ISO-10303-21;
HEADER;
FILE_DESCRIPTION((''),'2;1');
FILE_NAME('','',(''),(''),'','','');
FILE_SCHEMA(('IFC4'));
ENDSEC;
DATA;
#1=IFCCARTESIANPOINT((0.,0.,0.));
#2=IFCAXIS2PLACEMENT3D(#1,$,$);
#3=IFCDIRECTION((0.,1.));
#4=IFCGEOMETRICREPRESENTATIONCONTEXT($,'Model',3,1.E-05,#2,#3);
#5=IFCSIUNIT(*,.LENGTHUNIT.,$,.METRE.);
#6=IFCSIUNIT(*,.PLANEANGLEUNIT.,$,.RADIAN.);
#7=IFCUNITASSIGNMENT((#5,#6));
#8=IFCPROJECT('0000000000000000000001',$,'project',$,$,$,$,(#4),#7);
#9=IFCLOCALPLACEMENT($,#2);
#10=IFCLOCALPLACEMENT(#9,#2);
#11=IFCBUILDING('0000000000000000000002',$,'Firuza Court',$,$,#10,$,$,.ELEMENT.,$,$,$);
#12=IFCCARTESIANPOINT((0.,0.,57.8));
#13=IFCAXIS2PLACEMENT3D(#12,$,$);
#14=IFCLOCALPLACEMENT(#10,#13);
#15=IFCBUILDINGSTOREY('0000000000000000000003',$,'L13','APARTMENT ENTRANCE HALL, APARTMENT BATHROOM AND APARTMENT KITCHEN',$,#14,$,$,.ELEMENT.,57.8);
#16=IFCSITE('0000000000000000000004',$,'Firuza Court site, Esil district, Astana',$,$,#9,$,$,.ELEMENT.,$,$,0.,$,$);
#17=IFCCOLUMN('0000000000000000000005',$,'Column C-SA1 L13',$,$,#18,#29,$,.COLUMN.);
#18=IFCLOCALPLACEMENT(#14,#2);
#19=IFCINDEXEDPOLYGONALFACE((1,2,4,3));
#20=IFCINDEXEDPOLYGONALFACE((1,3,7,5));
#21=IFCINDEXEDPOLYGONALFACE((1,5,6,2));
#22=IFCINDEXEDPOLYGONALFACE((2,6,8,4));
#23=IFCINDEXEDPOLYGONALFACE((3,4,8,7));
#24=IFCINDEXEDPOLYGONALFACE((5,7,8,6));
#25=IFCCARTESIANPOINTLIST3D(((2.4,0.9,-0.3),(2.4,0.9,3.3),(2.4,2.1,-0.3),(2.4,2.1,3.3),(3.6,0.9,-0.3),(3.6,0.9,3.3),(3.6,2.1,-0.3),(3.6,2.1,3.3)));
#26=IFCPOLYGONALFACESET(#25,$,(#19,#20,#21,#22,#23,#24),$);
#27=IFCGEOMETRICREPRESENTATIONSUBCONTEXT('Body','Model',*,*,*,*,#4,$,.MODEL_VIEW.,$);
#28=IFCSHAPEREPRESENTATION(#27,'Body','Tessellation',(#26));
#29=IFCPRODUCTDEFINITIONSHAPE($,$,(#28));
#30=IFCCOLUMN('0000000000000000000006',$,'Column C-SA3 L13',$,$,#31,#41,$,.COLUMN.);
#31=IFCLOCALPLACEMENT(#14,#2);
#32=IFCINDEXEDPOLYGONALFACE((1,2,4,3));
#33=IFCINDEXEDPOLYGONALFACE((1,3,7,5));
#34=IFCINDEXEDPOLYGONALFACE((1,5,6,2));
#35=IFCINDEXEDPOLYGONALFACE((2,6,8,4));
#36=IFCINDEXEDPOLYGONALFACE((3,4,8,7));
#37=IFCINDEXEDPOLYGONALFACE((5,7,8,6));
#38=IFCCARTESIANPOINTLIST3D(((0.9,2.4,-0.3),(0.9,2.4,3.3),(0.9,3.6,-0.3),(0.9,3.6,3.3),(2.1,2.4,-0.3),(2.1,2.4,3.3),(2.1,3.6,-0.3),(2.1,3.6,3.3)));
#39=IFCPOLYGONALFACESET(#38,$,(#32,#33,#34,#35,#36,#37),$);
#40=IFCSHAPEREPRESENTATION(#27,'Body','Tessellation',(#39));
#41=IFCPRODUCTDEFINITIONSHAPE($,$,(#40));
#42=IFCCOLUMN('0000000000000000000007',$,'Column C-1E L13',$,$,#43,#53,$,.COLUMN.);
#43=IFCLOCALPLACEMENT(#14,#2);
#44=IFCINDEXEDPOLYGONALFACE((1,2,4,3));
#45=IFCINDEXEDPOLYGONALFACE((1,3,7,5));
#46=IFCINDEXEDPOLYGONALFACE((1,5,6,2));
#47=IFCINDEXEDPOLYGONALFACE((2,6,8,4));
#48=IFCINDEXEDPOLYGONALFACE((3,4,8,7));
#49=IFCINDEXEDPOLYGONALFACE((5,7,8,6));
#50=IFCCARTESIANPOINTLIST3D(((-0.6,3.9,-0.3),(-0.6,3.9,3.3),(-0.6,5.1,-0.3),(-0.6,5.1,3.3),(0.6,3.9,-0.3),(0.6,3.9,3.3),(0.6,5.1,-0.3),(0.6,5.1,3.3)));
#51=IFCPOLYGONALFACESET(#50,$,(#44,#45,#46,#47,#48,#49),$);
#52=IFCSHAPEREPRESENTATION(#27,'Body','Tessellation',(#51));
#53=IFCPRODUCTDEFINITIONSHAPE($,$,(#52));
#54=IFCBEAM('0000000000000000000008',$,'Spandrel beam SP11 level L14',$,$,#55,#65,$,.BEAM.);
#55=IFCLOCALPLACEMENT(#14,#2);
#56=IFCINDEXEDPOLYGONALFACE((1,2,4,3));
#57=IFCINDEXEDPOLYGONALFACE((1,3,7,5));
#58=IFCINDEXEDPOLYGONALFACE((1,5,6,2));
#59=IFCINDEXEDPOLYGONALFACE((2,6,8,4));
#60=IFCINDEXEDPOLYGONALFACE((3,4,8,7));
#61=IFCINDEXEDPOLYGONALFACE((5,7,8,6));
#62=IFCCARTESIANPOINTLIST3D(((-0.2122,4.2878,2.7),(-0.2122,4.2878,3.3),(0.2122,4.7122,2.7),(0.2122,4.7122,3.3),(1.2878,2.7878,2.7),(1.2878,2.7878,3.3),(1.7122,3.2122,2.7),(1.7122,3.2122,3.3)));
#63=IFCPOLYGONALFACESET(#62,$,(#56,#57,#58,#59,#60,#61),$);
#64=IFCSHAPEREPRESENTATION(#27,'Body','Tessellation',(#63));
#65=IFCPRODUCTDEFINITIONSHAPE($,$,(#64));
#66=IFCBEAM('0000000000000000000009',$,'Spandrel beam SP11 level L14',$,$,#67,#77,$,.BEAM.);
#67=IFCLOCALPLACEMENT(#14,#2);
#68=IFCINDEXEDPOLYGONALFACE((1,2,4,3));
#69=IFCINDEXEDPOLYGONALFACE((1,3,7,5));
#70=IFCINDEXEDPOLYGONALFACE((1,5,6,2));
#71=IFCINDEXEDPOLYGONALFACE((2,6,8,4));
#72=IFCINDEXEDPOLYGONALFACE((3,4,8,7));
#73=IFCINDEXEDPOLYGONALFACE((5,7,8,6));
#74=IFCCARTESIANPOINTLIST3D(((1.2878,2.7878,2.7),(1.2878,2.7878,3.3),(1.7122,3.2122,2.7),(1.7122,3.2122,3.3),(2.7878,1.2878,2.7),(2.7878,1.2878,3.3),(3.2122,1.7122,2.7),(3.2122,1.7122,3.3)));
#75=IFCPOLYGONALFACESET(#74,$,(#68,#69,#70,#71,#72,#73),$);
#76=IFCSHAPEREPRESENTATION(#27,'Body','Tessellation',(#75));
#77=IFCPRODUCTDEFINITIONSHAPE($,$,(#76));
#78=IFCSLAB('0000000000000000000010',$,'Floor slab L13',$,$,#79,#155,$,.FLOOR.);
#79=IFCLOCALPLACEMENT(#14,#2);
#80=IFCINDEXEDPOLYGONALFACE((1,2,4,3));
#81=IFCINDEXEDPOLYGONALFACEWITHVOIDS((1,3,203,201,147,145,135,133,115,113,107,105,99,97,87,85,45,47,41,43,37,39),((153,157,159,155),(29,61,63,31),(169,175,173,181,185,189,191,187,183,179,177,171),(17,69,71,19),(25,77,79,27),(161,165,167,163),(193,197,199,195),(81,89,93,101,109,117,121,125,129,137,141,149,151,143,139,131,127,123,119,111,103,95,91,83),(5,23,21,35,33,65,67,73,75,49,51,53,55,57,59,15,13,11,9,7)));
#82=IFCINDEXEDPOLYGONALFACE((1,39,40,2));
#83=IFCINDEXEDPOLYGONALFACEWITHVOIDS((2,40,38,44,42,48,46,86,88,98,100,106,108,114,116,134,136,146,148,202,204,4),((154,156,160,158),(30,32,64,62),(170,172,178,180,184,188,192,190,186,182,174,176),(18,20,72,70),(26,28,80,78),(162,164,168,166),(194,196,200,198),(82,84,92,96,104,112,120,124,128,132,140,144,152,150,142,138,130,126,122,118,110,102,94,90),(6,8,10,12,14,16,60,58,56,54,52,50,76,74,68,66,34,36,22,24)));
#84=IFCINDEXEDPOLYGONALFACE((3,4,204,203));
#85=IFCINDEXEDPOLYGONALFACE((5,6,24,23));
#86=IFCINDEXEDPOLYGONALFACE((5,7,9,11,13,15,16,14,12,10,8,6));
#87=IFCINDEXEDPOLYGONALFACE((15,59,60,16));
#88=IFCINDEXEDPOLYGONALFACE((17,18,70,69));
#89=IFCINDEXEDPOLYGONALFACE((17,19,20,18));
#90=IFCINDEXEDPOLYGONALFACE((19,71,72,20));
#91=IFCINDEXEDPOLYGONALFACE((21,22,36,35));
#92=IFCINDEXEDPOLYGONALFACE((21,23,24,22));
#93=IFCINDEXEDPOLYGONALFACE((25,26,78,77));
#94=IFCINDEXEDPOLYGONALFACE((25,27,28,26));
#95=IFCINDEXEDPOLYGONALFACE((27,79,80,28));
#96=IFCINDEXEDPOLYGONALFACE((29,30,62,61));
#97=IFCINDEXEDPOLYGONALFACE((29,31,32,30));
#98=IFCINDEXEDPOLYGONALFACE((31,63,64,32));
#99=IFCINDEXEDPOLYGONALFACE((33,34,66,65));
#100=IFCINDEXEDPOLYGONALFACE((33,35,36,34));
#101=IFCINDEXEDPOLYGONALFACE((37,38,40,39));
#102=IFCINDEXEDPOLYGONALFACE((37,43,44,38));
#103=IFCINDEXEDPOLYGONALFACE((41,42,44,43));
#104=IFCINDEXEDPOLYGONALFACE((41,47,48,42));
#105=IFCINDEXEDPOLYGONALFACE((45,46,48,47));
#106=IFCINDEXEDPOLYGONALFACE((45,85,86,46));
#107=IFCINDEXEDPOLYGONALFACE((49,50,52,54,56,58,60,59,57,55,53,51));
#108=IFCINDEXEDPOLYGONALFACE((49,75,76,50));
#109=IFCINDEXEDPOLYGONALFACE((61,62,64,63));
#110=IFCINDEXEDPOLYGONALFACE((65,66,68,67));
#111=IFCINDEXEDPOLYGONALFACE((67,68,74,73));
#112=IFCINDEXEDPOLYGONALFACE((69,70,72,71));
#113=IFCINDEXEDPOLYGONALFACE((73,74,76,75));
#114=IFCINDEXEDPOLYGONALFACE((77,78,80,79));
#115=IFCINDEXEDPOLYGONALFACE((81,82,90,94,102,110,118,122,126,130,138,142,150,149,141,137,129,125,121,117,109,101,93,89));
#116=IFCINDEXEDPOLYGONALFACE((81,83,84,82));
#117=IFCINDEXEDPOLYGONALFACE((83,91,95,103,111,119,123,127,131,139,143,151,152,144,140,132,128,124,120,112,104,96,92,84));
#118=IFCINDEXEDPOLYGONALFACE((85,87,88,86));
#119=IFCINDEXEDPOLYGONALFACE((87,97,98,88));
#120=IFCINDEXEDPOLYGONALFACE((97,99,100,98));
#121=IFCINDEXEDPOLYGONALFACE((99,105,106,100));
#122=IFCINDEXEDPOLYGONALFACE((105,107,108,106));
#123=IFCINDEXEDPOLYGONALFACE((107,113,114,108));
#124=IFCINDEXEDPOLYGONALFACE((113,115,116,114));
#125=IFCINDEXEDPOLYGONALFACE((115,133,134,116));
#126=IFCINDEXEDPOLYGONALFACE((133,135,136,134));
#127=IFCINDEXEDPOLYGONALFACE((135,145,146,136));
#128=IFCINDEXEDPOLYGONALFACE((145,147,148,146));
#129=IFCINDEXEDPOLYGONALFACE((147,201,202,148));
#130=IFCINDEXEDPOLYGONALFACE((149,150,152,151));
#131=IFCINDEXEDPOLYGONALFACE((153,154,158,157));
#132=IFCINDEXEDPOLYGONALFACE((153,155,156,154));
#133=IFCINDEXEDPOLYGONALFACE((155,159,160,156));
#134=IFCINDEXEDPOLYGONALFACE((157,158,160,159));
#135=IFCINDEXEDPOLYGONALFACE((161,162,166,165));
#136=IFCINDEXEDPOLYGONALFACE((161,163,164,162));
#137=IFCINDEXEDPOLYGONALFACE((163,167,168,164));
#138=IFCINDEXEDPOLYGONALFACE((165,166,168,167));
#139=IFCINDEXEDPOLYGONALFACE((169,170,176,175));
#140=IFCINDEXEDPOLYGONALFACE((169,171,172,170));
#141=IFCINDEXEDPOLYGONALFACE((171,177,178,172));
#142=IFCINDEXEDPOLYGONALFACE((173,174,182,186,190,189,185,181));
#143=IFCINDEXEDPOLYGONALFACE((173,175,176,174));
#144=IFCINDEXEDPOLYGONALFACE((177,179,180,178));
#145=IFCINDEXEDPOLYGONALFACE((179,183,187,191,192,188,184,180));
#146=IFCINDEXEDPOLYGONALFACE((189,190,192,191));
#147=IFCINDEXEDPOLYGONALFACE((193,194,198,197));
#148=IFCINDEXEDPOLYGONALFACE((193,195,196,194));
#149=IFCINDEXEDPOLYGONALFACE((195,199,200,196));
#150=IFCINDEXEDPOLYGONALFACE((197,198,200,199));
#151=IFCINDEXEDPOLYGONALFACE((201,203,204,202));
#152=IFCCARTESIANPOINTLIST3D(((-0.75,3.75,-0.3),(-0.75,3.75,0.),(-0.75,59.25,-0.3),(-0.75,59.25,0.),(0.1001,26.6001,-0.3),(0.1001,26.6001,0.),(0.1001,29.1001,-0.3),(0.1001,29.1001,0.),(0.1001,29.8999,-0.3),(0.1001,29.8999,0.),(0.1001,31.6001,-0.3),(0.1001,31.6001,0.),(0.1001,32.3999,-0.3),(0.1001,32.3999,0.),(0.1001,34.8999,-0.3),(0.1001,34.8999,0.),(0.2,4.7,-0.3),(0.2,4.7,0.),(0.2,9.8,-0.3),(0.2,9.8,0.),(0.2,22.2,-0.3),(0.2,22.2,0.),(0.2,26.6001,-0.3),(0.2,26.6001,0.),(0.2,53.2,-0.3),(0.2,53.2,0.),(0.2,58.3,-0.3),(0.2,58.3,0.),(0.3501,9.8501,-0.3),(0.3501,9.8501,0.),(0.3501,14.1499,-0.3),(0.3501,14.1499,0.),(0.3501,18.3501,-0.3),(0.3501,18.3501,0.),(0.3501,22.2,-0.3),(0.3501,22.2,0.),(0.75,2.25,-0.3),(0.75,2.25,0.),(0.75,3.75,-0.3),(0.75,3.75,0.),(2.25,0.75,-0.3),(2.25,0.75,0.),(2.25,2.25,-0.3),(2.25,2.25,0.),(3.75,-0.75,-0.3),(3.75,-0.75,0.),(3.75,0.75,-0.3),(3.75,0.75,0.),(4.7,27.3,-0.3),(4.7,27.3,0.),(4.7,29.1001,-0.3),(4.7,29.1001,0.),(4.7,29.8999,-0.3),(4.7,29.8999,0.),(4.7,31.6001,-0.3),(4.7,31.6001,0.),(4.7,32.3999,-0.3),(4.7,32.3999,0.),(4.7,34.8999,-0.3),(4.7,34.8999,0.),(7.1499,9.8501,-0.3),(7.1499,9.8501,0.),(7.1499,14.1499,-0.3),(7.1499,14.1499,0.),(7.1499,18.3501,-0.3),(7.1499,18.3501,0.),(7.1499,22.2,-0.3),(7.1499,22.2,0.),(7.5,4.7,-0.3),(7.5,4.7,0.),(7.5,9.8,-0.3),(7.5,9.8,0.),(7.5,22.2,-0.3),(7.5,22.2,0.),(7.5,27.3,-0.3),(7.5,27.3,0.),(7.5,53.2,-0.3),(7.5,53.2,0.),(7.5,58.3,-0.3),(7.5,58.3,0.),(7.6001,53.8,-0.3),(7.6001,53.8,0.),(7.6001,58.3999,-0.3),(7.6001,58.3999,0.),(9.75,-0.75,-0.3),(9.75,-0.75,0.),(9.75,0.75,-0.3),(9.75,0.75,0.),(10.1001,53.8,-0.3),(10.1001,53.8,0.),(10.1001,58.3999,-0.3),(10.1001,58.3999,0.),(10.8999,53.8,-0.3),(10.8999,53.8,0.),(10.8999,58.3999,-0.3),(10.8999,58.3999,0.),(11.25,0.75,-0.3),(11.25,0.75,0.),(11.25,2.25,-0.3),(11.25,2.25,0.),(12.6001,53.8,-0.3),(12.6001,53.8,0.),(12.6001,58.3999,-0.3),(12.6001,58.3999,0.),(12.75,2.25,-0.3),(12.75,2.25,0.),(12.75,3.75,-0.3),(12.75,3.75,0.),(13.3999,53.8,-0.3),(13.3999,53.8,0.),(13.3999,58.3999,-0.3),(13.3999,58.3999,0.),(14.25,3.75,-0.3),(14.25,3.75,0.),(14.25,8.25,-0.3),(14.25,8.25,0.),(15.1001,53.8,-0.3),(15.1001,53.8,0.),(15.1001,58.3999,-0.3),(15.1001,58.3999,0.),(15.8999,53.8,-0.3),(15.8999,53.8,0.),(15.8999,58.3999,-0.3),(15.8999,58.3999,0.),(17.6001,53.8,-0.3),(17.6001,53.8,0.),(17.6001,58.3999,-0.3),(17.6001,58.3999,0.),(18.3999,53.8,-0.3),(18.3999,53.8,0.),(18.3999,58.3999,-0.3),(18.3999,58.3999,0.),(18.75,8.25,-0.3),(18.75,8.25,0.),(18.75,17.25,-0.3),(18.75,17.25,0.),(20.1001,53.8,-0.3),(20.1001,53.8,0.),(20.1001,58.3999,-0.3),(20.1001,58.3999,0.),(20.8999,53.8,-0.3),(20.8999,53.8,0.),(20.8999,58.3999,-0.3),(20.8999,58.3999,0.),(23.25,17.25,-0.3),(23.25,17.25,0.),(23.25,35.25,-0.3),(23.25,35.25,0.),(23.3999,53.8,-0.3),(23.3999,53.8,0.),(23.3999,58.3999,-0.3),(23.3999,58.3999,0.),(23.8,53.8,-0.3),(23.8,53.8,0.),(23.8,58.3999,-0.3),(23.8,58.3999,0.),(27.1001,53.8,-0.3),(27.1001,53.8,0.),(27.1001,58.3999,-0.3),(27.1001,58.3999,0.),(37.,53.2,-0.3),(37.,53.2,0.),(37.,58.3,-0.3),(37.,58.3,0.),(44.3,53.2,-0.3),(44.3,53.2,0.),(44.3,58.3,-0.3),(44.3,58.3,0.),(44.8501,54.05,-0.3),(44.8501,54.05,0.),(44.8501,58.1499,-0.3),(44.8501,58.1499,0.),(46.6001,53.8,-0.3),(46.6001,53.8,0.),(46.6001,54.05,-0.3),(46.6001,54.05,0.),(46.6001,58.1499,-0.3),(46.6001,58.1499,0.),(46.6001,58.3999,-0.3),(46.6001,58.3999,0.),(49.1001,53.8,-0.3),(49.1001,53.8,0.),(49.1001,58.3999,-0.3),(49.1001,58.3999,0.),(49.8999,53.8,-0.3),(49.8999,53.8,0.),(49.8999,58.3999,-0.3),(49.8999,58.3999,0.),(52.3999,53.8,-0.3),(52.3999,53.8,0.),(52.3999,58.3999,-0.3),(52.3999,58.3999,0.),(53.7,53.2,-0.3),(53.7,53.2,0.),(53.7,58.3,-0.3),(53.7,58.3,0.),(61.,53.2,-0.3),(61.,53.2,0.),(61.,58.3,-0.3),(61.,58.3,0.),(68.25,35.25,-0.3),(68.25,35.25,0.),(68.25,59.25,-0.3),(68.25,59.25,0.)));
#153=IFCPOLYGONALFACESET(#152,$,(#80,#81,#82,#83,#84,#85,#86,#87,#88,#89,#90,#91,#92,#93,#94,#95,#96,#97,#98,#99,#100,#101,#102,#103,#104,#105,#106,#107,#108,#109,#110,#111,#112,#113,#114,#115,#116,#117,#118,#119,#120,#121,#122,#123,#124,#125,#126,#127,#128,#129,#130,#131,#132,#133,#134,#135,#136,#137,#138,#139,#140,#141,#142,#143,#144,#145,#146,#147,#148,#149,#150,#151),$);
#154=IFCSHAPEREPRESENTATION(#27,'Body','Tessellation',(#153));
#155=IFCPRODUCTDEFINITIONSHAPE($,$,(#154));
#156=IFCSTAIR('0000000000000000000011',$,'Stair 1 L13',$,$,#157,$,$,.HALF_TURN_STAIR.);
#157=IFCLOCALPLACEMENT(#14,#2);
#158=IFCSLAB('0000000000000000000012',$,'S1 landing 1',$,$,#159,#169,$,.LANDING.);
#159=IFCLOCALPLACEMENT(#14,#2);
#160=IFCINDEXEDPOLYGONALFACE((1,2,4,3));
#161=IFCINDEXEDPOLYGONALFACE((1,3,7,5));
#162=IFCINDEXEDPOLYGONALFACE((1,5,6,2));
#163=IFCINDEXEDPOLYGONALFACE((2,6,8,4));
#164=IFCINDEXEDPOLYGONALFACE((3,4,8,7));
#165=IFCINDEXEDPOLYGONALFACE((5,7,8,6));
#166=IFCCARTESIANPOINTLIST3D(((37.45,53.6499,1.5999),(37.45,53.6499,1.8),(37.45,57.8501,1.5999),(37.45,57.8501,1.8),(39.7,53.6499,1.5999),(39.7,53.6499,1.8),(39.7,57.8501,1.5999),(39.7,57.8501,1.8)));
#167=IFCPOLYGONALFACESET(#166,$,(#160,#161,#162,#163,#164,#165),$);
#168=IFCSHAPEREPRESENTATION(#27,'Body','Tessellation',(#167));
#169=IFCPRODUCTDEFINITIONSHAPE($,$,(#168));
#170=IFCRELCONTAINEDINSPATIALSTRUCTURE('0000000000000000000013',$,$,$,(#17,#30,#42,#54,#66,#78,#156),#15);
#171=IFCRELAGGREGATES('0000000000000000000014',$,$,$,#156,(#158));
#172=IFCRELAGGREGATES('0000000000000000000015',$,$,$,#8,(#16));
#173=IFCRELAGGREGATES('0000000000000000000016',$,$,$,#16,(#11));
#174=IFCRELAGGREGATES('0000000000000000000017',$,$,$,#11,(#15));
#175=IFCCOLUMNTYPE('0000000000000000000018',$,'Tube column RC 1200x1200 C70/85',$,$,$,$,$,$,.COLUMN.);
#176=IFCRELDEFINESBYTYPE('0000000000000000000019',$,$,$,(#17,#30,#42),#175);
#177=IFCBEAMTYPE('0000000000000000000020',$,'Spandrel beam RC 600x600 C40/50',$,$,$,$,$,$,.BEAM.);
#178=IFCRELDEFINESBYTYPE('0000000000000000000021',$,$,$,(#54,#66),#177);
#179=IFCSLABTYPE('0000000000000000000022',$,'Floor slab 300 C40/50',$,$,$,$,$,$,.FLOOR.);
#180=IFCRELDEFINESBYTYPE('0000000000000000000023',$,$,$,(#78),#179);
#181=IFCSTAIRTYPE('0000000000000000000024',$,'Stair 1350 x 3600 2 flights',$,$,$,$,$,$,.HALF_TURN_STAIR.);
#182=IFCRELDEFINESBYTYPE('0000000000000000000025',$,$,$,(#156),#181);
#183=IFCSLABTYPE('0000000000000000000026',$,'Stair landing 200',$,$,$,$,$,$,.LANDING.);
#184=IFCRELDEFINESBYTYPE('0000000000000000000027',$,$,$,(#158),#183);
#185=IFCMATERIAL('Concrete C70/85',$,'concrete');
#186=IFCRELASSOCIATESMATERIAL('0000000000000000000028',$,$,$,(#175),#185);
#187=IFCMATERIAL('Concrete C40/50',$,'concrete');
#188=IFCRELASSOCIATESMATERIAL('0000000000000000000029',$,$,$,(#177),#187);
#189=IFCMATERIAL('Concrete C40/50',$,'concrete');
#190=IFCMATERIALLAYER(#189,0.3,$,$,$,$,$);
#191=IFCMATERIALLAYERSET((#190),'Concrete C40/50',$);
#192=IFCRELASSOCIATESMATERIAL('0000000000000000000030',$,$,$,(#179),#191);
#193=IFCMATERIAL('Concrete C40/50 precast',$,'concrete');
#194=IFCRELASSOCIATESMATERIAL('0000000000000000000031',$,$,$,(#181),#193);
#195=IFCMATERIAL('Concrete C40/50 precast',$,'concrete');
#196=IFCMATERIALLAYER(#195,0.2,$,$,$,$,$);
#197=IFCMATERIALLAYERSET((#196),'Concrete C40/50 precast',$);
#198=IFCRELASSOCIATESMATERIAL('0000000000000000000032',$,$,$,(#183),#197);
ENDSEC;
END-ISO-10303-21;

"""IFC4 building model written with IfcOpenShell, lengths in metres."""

from ifc_helpers import new_model, si_unit, direction, frame, origin, origin_2d, place, context, subcontext, project, spatial, polyline, rectangle, outline, extrude, material, layer, layer_set, material_profile, profile_set, type_object, element, aggregate, save


model = new_model("IFC4")

# Units and contexts
model_context = context("Model", 3, precision=1e-05, world=origin(), true_north=direction((0.0, 1.0)))
body_context = subcontext(model_context, "Body", "Model", "MODEL_VIEW")
ifc_project = project(units=[si_unit("LENGTHUNIT", "METRE"), si_unit("PLANEANGLEUNIT", "RADIAN")], contexts=[model_context])

# Site, building, storey
site_placement = place(None, origin())
site = spatial("IfcSite", under=ifc_project, at=site_placement, Name="Firuza Court site, Esil district, Astana", CompositionType="ELEMENT", RefElevation=0.0)
building_placement = place(site_placement, origin())
building = spatial("IfcBuilding", under=site, at=building_placement, Name="Firuza Court", CompositionType="ELEMENT")
storey_placement = place(building_placement, frame((0.0, 0.0, 57.8)))
storey = spatial("IfcBuildingStorey", under=building, at=storey_placement, Name="L13", Description="APARTMENT ENTRANCE HALL, APARTMENT BATHROOM AND APARTMENT KITCHEN", CompositionType="ELEMENT", Elevation=57.8)

# Columns
ifc_material_1 = material(Name="Concrete C70/85", Category="concrete")
ifc_material_profile_1 = material_profile(ifc_material_1, rectangle(XDim=1.2, YDim=1.2, at=origin_2d()), Name="RC 1200x1200")
ifc_profile_set_1 = profile_set([ifc_material_profile_1], Name="Concrete C70/85")
column_type = type_object("IfcColumnType", Name="Tube column RC 1200x1200 C70/85", PredefinedType="COLUMN", material=ifc_profile_set_1)
for number, where, z_axis, x_axis, name in (
    (1, (3.0, 1.5, -0.3), (0.0, 0.0, 1.0), (1.0, 0.0, 0.0), "Column C-SA1 L13"),
    (2, (1.5, 3.0, -0.3), (0.0, 0.0, 1.0), (1.0, 0.0, 0.0), "Column C-SA3 L13"),
    (3, (0.0, 4.5, -0.3), (0.0, 0.0, 1.0), (1.0, 0.0, 0.0), "Column C-1E L13"),
):
    element("IfcColumn", number, at=place(storey_placement, frame(where, z_axis=z_axis, x_axis=x_axis)), inside=storey, type_object=column_type, Name=name, PredefinedType="COLUMN", context=body_context, shape_type="SweptSolid", body=[
        extrude(rectangle(XDim=1.2, YDim=1.2, at=origin_2d()), origin(), (0.0, 0.0, 1.0), 3.6001),
    ])

# Beams
ifc_material_2 = material(Name="Concrete C40/50", Category="concrete")
ifc_material_profile_2 = material_profile(ifc_material_2, rectangle(XDim=0.6001, YDim=0.6001, at=origin_2d()), Name="RC 600x600")
ifc_profile_set_2 = profile_set([ifc_material_profile_2], Name="Concrete C40/50")
beam_type = type_object("IfcBeamType", Name="Spandrel beam RC 600x600 C40/50", PredefinedType="BEAM", material=ifc_profile_set_2)
for number, where, z_axis, x_axis, name in (
    (4, (0.0, 4.5, 3.0), (0.707107, -0.707107, 0.0), (0.707107, 0.707107, 0.0), "Spandrel beam SP11 level L14"),
    (5, (1.5, 3.0, 3.0), (0.707107, -0.707107, 0.0), (0.707107, 0.707107, 0.0), "Spandrel beam SP11 level L14"),
):
    element("IfcBeam", number, at=place(storey_placement, frame(where, z_axis=z_axis, x_axis=x_axis)), inside=storey, type_object=beam_type, Name=name, PredefinedType="BEAM", context=body_context, shape_type="SweptSolid", body=[
        extrude(rectangle(XDim=0.6001, YDim=0.6001, at=origin_2d()), origin(), (0.0, 0.0, 1.0), 2.1213),
    ])

# Slab
ifc_material_3 = material(Name="Concrete C40/50", Category="concrete")
ifc_layer_1 = layer(ifc_material_3, 0.3)
ifc_layer_set_1 = layer_set([ifc_layer_1], Name="Concrete C40/50")
slab_type_1 = type_object("IfcSlabType", Name="Floor slab 300 C40/50", PredefinedType="FLOOR", material=ifc_layer_set_1)
slab_1_placement = place(storey_placement, frame((0.0, 0.0, -0.3)))
element("IfcSlab", 6, at=slab_1_placement, inside=storey, type_object=slab_type_1, Name="Floor slab L13", PredefinedType="FLOOR", context=body_context, shape_type="SweptSolid", body=[
    extrude(outline(polyline([(3.75, -0.75), (3.75, 0.75), (2.25, 0.75), (2.25, 2.25), (0.75, 2.25), (0.75, 3.75), (-0.75, 3.75), (-0.75, 59.25), (68.25, 59.25), (68.25, 35.25), (23.25, 35.25), (23.25, 17.25), (18.75, 17.25), (18.75, 8.25), (14.25, 8.25), (14.25, 3.75), (12.75, 3.75), (12.75, 2.25), (11.25, 2.25), (11.25, 0.75), (9.75, 0.75), (9.75, -0.75), (3.75, -0.75)]), holes=[polyline([(7.5, 9.8), (0.2, 9.8), (0.2, 4.7), (7.5, 4.7), (7.5, 9.8)]), polyline([(7.1499, 14.1499), (0.3501, 14.1499), (0.3501, 9.8501), (7.1499, 9.8501), (7.1499, 14.1499)]), polyline([(0.2, 22.2), (0.3501, 22.2), (0.3501, 18.3501), (7.1499, 18.3501), (7.1499, 22.2), (7.5, 22.2), (7.5, 27.3), (4.7, 27.3), (4.7, 29.1001), (4.7, 29.8999), (4.7, 31.6001), (4.7, 32.3999), (4.7, 34.8999), (0.1001, 34.8999), (0.1001, 32.3999), (0.1001, 31.6001), (0.1001, 29.8999), (0.1001, 29.1001), (0.1001, 26.6001), (0.2, 26.6001), (0.2, 22.2)]), polyline([(7.5, 58.3), (0.2, 58.3), (0.2, 53.2), (7.5, 53.2), (7.5, 58.3)]), polyline([(10.1001, 58.3999), (7.6001, 58.3999), (7.6001, 53.8), (10.1001, 53.8), (10.8999, 53.8), (12.6001, 53.8), (13.3999, 53.8), (15.1001, 53.8), (15.8999, 53.8), (17.6001, 53.8), (18.3999, 53.8), (20.1001, 53.8), (20.8999, 53.8), (23.3999, 53.8), (23.3999, 58.3999), (20.8999, 58.3999), (20.1001, 58.3999), (18.3999, 58.3999), (17.6001, 58.3999), (15.8999, 58.3999), (15.1001, 58.3999), (13.3999, 58.3999), (12.6001, 58.3999), (10.8999, 58.3999), (10.1001, 58.3999)]), polyline([(44.3, 58.3), (37.0, 58.3), (37.0, 53.2), (44.3, 53.2), (44.3, 58.3)]), polyline([(61.0, 58.3), (53.7, 58.3), (53.7, 53.2), (61.0, 53.2), (61.0, 58.3)]), polyline([(27.1001, 58.3999), (23.8, 58.3999), (23.8, 53.8), (27.1001, 53.8), (27.1001, 58.3999)]), polyline([(46.6001, 58.1499), (44.8501, 58.1499), (44.8501, 54.05), (46.6001, 54.05), (46.6001, 53.8), (49.1001, 53.8), (49.8999, 53.8), (52.3999, 53.8), (52.3999, 58.3999), (49.8999, 58.3999), (49.1001, 58.3999), (46.6001, 58.3999), (46.6001, 58.1499)])]), origin(), (0.0, 0.0, 1.0), 0.3),
])

# Stair, slab
ifc_material_4 = material(Name="Concrete C40/50 precast", Category="concrete")
stair_type = type_object("IfcStairType", Name="Stair 1350 x 3600 2 flights", PredefinedType="HALF_TURN_STAIR", material=ifc_material_4)
stair_1_placement = place(storey_placement, origin())
stair_1 = element("IfcStair", 7, at=stair_1_placement, inside=storey, type_object=stair_type, Name="Stair 1 L13", PredefinedType="HALF_TURN_STAIR")
ifc_material_5 = material(Name="Concrete C40/50 precast", Category="concrete")
ifc_layer_2 = layer(ifc_material_5, 0.2)
ifc_layer_set_2 = layer_set([ifc_layer_2], Name="Concrete C40/50 precast")
slab_type_2 = type_object("IfcSlabType", Name="Stair landing 200", PredefinedType="LANDING", material=ifc_layer_set_2)
slab_2_placement = place(storey_placement, frame((0.0, 0.0, 1.5999)))
slab_2 = element("IfcSlab", 8, at=slab_2_placement, type_object=slab_type_2, Name="S1 landing 1", PredefinedType="LANDING", context=body_context, shape_type="SweptSolid", body=[
    extrude(outline(polyline([(39.7, 53.6499), (39.7, 57.8501), (37.45, 57.8501), (37.45, 53.6499), (39.7, 53.6499)])), origin(), (0.0, 0.0, 1.0), 0.2002),
])
aggregate(stair_1, [slab_2])

save(model, "model.ifc")
